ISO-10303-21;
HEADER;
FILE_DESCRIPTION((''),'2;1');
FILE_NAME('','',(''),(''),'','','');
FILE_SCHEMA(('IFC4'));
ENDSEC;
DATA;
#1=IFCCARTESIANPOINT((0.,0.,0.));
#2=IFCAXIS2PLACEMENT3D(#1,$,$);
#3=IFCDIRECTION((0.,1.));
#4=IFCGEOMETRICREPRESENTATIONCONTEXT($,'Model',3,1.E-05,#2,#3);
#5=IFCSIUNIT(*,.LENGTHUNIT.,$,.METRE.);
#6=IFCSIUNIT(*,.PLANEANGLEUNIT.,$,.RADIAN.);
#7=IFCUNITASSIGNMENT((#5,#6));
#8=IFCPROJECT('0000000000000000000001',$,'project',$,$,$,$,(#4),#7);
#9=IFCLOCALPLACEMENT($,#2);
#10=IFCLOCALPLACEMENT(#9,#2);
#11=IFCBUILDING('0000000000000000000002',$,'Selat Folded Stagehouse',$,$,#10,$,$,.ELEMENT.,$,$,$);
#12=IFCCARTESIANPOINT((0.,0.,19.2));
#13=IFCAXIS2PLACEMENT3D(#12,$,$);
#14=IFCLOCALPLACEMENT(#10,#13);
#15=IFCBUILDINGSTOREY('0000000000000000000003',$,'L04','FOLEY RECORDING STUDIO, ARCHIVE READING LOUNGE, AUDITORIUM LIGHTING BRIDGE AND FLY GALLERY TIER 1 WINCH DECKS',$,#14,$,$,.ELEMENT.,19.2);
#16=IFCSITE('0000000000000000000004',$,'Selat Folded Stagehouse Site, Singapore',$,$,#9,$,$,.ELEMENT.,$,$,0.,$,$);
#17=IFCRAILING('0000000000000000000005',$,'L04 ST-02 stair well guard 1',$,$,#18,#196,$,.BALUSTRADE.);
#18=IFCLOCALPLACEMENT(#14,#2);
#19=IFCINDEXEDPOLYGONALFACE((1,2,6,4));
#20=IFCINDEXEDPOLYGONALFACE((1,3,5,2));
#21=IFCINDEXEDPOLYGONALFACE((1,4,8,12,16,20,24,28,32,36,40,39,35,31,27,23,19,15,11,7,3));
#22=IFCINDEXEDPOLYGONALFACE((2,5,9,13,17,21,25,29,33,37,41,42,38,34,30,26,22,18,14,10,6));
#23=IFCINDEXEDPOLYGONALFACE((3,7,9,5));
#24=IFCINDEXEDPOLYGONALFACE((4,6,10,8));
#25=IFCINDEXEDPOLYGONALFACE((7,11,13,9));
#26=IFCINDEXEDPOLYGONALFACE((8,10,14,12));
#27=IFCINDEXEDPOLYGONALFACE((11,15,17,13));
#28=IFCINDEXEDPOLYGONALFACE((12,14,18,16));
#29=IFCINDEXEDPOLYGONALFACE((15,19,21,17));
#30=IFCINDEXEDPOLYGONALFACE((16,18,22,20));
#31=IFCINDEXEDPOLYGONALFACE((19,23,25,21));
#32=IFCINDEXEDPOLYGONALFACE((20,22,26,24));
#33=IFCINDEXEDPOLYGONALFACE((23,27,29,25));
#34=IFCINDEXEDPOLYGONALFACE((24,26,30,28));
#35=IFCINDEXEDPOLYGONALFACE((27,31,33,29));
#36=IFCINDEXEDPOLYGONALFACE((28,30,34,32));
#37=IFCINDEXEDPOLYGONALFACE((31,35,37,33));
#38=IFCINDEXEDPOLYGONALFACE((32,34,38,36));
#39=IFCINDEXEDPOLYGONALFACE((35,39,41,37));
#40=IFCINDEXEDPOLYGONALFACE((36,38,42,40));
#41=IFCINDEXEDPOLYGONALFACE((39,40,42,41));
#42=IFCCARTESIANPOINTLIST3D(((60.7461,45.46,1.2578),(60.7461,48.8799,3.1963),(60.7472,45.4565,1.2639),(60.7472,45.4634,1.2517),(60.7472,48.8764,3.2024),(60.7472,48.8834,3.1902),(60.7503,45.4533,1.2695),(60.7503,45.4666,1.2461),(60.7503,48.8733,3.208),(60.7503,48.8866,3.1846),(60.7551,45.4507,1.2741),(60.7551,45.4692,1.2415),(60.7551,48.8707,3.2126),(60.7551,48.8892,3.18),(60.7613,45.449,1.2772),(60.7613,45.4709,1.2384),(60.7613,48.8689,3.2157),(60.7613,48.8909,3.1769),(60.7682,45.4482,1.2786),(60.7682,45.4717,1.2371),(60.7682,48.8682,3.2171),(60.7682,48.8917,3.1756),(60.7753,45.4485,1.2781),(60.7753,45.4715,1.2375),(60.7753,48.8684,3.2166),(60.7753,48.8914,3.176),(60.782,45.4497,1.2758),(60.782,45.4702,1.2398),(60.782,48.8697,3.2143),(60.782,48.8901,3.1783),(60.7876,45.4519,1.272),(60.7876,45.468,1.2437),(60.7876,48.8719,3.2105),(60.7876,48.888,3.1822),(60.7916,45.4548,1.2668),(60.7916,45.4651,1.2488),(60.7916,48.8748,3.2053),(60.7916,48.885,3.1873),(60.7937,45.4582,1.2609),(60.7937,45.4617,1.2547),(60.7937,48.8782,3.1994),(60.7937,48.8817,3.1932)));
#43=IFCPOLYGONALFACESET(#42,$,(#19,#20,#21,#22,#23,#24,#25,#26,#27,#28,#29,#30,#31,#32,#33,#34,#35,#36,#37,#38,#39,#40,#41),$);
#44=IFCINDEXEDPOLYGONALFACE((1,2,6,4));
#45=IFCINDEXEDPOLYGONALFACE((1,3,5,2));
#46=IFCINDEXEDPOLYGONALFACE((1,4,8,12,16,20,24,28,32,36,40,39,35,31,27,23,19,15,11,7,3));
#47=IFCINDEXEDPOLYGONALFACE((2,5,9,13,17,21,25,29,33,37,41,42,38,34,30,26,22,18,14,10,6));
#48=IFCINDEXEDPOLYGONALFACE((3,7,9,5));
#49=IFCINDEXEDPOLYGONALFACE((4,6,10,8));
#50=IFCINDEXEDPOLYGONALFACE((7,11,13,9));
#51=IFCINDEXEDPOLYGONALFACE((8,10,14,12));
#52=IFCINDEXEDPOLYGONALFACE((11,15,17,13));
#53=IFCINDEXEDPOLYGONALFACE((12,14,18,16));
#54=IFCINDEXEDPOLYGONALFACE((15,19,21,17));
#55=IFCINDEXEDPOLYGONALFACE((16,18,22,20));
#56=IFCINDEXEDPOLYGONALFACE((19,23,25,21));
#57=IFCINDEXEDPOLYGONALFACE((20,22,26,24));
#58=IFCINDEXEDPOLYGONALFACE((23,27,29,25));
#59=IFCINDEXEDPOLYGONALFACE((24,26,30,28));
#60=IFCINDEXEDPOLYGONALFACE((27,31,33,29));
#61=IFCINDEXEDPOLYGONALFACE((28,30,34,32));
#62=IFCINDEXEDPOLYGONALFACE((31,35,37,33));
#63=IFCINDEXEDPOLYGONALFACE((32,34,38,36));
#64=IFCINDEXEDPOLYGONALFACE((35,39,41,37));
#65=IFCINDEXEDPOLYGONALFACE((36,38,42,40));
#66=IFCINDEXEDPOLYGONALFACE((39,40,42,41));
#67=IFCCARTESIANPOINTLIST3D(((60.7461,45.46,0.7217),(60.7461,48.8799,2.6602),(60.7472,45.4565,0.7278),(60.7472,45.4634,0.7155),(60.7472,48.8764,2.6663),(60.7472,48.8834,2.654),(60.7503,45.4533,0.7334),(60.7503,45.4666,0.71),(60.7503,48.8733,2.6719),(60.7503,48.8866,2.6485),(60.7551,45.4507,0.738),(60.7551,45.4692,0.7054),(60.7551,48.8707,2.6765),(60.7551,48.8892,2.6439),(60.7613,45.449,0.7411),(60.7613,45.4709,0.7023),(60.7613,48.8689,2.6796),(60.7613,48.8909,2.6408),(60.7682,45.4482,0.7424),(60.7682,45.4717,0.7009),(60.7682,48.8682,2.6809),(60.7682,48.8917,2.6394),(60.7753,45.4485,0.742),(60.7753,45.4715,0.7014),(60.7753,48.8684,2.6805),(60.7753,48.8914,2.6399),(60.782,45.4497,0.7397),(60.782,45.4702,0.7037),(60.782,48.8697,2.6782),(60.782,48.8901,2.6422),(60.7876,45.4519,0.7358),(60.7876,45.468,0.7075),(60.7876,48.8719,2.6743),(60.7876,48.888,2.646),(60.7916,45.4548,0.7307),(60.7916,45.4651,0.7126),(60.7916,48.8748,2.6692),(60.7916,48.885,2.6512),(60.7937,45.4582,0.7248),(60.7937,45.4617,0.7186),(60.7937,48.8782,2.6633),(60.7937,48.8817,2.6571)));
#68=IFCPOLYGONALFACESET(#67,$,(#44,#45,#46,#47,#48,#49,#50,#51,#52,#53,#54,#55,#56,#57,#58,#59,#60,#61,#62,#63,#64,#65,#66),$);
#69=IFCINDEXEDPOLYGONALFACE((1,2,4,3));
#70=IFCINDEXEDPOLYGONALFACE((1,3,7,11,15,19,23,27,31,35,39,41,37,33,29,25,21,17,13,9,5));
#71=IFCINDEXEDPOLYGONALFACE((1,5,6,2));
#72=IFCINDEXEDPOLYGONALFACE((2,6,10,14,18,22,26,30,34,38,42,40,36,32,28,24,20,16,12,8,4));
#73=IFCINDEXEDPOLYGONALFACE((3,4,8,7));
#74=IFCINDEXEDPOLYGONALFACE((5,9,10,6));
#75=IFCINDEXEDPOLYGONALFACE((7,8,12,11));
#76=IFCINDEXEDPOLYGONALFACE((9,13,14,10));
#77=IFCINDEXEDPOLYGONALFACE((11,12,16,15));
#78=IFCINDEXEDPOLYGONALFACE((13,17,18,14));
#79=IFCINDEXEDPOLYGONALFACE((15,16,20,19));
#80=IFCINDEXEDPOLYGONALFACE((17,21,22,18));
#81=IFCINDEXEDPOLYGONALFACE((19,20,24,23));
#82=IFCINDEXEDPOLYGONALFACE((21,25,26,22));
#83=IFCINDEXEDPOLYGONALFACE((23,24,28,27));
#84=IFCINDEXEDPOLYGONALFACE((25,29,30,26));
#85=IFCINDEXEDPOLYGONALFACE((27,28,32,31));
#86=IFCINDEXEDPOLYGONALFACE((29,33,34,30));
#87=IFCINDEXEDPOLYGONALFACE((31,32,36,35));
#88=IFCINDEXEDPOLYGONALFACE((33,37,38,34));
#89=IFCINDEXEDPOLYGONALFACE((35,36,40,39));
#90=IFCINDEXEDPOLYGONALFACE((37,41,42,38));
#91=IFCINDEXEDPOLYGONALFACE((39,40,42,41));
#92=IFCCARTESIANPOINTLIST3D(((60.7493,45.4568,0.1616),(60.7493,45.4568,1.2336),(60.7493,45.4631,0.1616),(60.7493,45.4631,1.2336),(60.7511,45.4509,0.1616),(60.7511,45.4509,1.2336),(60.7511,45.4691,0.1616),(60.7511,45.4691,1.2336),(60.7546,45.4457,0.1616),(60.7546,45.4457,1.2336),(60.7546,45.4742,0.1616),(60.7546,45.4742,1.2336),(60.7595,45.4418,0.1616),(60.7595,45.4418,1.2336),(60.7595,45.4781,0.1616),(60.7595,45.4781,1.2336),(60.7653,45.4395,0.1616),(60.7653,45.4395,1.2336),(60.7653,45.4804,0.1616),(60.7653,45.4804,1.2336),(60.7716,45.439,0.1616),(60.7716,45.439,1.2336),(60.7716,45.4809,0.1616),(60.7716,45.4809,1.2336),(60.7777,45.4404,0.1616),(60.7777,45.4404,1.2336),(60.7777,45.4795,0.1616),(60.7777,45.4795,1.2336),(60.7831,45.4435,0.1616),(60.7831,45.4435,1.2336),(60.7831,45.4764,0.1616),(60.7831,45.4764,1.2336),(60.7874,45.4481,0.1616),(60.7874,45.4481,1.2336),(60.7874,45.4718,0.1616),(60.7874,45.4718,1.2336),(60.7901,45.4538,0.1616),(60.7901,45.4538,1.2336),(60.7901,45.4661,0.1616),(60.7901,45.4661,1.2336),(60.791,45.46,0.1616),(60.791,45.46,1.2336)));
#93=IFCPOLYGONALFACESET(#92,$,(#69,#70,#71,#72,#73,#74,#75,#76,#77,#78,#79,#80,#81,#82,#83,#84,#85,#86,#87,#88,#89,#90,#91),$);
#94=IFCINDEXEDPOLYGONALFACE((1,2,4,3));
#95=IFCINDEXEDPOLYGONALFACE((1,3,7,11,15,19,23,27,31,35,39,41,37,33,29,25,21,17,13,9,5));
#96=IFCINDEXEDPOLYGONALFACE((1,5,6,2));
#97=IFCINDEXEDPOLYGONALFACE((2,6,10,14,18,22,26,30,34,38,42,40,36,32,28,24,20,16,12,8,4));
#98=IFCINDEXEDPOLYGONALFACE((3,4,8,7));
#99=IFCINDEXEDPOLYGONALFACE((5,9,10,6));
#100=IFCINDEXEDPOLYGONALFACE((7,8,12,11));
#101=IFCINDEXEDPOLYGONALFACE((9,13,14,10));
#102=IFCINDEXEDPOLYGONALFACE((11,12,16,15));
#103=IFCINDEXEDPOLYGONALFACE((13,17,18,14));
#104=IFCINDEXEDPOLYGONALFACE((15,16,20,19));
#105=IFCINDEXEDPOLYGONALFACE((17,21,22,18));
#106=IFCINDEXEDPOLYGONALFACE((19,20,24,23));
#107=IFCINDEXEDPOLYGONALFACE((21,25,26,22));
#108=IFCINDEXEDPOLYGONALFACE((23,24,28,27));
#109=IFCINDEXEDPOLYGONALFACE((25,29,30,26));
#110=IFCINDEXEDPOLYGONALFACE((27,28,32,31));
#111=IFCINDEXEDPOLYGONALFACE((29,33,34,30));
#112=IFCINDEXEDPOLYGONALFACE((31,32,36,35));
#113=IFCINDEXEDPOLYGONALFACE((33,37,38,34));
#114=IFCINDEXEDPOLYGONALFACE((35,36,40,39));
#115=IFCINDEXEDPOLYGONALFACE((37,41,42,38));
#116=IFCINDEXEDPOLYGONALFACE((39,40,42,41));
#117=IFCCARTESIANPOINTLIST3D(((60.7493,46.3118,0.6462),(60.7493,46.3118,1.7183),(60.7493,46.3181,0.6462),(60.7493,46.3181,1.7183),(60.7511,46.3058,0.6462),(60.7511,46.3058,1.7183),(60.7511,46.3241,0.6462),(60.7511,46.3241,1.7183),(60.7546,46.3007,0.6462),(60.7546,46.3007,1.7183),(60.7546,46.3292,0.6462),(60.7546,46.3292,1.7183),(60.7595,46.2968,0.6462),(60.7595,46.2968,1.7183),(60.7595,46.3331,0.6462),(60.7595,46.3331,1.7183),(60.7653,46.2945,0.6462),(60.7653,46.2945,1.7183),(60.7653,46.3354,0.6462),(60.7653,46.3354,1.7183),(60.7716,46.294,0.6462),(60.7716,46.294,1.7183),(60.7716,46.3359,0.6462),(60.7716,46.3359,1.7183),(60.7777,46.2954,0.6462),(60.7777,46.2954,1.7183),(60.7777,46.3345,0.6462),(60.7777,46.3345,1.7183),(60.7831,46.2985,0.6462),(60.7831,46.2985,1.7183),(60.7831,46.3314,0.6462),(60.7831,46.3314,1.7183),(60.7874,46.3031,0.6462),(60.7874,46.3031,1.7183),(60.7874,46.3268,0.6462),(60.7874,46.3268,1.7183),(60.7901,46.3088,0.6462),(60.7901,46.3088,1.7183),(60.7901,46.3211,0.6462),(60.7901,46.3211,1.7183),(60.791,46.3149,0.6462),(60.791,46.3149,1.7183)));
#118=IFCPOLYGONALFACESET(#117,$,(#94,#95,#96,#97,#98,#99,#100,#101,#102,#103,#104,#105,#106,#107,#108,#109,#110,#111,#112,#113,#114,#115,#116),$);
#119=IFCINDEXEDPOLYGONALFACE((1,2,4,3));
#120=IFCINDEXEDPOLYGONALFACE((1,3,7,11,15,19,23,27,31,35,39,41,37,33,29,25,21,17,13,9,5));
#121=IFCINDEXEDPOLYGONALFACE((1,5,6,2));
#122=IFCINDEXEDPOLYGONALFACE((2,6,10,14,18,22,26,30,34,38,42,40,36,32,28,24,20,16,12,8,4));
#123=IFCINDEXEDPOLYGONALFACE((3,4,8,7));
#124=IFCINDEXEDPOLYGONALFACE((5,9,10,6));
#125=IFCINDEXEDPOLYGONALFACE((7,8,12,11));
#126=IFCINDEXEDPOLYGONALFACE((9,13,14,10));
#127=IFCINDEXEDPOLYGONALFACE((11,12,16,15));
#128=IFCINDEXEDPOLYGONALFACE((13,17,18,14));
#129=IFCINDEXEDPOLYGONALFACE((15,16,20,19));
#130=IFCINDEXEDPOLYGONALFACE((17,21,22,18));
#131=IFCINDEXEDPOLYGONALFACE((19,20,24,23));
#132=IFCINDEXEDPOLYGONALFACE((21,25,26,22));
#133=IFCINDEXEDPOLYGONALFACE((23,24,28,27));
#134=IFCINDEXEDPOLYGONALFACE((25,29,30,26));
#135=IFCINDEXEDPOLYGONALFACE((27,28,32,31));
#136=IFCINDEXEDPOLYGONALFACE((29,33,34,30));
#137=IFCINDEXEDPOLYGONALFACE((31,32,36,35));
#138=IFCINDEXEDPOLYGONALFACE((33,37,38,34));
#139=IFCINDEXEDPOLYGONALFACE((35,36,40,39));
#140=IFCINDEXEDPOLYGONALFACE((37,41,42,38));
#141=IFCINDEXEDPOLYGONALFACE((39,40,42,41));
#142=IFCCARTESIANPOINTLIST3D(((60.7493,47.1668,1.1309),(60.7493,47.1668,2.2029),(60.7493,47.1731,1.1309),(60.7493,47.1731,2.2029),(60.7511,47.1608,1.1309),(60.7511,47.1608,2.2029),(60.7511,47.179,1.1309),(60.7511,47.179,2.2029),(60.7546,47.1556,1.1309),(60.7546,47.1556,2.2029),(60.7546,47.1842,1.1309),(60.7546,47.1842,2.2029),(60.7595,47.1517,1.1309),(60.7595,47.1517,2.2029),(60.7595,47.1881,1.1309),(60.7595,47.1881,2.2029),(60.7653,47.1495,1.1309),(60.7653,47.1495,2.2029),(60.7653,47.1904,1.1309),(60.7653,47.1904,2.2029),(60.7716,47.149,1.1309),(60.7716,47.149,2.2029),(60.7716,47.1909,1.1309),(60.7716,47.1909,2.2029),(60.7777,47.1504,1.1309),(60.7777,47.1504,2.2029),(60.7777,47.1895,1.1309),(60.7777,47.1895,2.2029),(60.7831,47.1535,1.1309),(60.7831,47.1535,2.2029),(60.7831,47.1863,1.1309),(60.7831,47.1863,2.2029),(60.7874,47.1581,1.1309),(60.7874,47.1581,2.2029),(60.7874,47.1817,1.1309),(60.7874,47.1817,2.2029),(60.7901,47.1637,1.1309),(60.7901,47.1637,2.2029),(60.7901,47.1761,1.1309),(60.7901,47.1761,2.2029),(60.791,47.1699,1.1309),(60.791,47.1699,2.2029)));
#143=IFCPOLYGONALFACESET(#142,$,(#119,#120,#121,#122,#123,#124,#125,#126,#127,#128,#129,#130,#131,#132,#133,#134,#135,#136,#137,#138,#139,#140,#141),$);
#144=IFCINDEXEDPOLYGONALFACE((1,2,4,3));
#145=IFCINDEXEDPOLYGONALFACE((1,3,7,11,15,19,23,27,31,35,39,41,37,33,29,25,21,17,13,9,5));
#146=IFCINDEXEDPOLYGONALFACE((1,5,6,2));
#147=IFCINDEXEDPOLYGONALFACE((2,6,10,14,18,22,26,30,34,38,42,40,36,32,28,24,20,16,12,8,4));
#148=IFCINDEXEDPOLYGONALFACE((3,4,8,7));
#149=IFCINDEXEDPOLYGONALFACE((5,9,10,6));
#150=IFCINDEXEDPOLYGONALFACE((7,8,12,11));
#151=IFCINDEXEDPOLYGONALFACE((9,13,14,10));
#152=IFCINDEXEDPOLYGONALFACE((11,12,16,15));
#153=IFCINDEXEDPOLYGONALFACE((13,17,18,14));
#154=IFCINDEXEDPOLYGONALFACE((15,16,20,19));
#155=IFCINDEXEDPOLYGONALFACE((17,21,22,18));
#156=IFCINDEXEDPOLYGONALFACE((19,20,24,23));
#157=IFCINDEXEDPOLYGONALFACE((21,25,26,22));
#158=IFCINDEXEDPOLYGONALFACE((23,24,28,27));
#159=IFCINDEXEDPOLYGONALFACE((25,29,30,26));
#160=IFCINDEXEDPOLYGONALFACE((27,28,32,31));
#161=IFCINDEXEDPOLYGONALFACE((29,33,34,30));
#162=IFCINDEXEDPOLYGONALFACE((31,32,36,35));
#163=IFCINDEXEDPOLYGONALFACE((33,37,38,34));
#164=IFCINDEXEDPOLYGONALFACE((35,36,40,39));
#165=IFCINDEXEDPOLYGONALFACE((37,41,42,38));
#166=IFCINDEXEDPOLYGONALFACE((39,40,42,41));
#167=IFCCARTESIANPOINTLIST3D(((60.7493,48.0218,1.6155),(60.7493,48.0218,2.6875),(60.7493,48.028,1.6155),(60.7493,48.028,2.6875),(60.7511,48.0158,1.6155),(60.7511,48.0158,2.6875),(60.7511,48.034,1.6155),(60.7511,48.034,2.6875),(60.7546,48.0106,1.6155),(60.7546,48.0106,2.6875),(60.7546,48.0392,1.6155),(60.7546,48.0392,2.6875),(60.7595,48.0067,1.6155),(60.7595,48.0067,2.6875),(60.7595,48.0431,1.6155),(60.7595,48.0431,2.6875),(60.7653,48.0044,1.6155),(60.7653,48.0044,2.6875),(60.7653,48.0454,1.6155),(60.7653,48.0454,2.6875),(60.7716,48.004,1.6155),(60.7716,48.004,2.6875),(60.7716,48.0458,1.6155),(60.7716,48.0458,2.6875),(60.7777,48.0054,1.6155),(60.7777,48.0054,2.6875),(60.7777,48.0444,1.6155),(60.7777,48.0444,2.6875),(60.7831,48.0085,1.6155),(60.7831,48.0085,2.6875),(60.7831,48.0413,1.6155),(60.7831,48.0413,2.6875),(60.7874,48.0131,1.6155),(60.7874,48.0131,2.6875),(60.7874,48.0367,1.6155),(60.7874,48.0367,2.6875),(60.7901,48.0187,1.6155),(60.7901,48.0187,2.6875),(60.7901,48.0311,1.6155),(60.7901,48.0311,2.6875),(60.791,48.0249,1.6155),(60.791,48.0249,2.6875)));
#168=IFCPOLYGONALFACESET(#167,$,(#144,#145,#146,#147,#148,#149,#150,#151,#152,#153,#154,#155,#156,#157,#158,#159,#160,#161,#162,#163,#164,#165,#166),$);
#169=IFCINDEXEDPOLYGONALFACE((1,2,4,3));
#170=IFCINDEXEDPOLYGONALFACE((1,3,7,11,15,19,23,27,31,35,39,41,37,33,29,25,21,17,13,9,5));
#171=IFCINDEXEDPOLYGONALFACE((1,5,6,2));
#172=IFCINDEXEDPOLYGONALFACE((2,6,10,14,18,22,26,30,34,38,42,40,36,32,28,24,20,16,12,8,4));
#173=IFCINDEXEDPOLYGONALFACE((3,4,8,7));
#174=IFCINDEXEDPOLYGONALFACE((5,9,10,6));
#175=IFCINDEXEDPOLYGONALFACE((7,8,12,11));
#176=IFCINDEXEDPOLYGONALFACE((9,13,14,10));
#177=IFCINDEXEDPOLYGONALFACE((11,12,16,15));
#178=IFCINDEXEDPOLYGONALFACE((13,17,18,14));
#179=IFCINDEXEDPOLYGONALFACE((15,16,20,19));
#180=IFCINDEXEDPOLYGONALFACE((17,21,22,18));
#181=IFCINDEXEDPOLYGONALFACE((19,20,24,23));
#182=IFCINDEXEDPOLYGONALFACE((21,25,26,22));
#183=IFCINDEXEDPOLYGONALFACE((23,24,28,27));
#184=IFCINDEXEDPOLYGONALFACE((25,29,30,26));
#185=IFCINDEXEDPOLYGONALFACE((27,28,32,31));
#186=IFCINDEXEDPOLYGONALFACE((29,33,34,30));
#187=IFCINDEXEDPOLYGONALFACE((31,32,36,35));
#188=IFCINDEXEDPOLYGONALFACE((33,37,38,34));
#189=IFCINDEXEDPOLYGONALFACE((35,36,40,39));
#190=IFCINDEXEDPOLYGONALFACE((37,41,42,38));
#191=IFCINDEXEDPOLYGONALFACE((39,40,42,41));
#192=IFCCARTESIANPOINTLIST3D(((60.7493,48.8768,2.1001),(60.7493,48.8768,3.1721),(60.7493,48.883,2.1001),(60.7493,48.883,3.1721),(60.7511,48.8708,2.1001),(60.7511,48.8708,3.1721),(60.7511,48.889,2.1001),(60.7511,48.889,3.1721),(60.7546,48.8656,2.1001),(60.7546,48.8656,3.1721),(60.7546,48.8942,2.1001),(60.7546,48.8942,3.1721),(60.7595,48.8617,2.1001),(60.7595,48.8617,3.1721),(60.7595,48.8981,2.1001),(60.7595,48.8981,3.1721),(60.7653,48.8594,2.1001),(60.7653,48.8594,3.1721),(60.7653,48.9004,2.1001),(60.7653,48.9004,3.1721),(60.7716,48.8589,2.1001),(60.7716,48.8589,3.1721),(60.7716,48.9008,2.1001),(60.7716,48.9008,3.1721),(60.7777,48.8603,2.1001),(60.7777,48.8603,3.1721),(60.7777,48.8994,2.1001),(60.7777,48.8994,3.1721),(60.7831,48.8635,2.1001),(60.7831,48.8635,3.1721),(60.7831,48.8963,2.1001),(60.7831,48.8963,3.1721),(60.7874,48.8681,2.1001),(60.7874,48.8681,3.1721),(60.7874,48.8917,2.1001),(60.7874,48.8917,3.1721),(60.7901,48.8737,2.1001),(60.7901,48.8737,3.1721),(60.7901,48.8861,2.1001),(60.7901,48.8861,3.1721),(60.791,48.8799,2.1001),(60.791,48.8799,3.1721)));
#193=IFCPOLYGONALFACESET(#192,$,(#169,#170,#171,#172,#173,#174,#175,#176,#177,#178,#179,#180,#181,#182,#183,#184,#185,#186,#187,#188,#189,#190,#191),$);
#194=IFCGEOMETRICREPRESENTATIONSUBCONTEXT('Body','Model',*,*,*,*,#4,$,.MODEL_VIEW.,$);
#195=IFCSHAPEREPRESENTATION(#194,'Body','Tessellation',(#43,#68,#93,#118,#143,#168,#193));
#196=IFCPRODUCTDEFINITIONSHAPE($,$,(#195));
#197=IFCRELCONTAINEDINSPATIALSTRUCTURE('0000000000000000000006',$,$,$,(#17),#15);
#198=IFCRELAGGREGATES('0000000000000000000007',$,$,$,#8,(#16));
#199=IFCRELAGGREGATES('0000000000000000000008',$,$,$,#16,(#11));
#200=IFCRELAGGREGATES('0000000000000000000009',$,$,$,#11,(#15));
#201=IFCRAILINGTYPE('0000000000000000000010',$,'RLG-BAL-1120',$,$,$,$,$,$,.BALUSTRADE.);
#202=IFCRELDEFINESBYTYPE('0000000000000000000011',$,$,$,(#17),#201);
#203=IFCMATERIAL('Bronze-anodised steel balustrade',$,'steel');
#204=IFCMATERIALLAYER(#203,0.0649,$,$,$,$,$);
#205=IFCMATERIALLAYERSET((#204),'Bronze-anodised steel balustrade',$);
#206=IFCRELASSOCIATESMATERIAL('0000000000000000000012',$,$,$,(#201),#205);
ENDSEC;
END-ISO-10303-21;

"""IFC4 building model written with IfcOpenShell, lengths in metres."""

from ifc_helpers import new_model, si_unit, direction, frame, origin, origin_2d, place, context, subcontext, project, spatial, circle, extrude, material, layer, layer_set, type_object, element, save


model = new_model("IFC4")

# Units and contexts
model_context = context("Model", 3, precision=1e-05, world=origin(), true_north=direction((0.0, 1.0)))
body_context = subcontext(model_context, "Body", "Model", "MODEL_VIEW")
ifc_project = project(units=[si_unit("LENGTHUNIT", "METRE"), si_unit("PLANEANGLEUNIT", "RADIAN")], contexts=[model_context])

# Site, building, storey
site_placement = place(None, origin())
site = spatial("IfcSite", under=ifc_project, at=site_placement, Name="Selat Folded Stagehouse Site, Singapore", CompositionType="ELEMENT", RefElevation=0.0)
building_placement = place(site_placement, origin())
building = spatial("IfcBuilding", under=site, at=building_placement, Name="Selat Folded Stagehouse", CompositionType="ELEMENT")
storey_placement = place(building_placement, frame((0.0, 0.0, 19.2)))
storey = spatial("IfcBuildingStorey", under=building, at=storey_placement, Name="L04", Description="FOLEY RECORDING STUDIO, ARCHIVE READING LOUNGE, AUDITORIUM LIGHTING BRIDGE AND FLY GALLERY TIER 1 WINCH DECKS", CompositionType="ELEMENT", Elevation=19.2)

# Railing
ifc_material_1 = material(Name="Bronze-anodised steel balustrade", Category="steel")
ifc_layer_1 = layer(ifc_material_1, 0.0649)
ifc_layer_set_1 = layer_set([ifc_layer_1], Name="Bronze-anodised steel balustrade")
railing_type_1 = type_object("IfcRailingType", Name="RLG-BAL-1120", PredefinedType="BALUSTRADE", material=ifc_layer_set_1)
railing_1_placement = place(storey_placement, frame((60.77, 45.46, 0.1616)))
element("IfcRailing", 1, at=railing_1_placement, inside=storey, type_object=railing_type_1, Name="L04 ST-02 stair well guard 1", PredefinedType="BALUSTRADE", context=body_context, shape_type="SweptSolid", body=[
    extrude(circle(Radius=0.0239, at=origin_2d()), frame((0.0, 0.0, 1.0962), z_axis=(0.0, 0.869965, 0.493113), x_axis=(-1.0, 0.0, 0.0)), (0.0, 0.0, 1.0), 3.9312),
    extrude(circle(Radius=0.0239, at=origin_2d()), frame((0.0, 0.0, 0.5601), z_axis=(0.0, 0.869965, 0.493113), x_axis=(-1.0, 0.0, 0.0)), (0.0, 0.0, 1.0), 3.9312),
    extrude(circle(Radius=0.021, at=origin_2d()), origin(), (0.0, 0.0, 1.0), 1.072),
    extrude(circle(Radius=0.021, at=origin_2d()), frame((0.0, 0.855, 0.4846)), (0.0, 0.0, 1.0), 1.072),
    extrude(circle(Radius=0.021, at=origin_2d()), frame((0.0, 1.71, 0.9692)), (0.0, 0.0, 1.0), 1.072),
    extrude(circle(Radius=0.021, at=origin_2d()), frame((0.0, 2.5649, 1.4539)), (0.0, 0.0, 1.0), 1.072),
    extrude(circle(Radius=0.021, at=origin_2d()), frame((0.0, 3.4199, 1.9385)), (0.0, 0.0, 1.0), 1.072),
])

save(model, "model.ifc")
